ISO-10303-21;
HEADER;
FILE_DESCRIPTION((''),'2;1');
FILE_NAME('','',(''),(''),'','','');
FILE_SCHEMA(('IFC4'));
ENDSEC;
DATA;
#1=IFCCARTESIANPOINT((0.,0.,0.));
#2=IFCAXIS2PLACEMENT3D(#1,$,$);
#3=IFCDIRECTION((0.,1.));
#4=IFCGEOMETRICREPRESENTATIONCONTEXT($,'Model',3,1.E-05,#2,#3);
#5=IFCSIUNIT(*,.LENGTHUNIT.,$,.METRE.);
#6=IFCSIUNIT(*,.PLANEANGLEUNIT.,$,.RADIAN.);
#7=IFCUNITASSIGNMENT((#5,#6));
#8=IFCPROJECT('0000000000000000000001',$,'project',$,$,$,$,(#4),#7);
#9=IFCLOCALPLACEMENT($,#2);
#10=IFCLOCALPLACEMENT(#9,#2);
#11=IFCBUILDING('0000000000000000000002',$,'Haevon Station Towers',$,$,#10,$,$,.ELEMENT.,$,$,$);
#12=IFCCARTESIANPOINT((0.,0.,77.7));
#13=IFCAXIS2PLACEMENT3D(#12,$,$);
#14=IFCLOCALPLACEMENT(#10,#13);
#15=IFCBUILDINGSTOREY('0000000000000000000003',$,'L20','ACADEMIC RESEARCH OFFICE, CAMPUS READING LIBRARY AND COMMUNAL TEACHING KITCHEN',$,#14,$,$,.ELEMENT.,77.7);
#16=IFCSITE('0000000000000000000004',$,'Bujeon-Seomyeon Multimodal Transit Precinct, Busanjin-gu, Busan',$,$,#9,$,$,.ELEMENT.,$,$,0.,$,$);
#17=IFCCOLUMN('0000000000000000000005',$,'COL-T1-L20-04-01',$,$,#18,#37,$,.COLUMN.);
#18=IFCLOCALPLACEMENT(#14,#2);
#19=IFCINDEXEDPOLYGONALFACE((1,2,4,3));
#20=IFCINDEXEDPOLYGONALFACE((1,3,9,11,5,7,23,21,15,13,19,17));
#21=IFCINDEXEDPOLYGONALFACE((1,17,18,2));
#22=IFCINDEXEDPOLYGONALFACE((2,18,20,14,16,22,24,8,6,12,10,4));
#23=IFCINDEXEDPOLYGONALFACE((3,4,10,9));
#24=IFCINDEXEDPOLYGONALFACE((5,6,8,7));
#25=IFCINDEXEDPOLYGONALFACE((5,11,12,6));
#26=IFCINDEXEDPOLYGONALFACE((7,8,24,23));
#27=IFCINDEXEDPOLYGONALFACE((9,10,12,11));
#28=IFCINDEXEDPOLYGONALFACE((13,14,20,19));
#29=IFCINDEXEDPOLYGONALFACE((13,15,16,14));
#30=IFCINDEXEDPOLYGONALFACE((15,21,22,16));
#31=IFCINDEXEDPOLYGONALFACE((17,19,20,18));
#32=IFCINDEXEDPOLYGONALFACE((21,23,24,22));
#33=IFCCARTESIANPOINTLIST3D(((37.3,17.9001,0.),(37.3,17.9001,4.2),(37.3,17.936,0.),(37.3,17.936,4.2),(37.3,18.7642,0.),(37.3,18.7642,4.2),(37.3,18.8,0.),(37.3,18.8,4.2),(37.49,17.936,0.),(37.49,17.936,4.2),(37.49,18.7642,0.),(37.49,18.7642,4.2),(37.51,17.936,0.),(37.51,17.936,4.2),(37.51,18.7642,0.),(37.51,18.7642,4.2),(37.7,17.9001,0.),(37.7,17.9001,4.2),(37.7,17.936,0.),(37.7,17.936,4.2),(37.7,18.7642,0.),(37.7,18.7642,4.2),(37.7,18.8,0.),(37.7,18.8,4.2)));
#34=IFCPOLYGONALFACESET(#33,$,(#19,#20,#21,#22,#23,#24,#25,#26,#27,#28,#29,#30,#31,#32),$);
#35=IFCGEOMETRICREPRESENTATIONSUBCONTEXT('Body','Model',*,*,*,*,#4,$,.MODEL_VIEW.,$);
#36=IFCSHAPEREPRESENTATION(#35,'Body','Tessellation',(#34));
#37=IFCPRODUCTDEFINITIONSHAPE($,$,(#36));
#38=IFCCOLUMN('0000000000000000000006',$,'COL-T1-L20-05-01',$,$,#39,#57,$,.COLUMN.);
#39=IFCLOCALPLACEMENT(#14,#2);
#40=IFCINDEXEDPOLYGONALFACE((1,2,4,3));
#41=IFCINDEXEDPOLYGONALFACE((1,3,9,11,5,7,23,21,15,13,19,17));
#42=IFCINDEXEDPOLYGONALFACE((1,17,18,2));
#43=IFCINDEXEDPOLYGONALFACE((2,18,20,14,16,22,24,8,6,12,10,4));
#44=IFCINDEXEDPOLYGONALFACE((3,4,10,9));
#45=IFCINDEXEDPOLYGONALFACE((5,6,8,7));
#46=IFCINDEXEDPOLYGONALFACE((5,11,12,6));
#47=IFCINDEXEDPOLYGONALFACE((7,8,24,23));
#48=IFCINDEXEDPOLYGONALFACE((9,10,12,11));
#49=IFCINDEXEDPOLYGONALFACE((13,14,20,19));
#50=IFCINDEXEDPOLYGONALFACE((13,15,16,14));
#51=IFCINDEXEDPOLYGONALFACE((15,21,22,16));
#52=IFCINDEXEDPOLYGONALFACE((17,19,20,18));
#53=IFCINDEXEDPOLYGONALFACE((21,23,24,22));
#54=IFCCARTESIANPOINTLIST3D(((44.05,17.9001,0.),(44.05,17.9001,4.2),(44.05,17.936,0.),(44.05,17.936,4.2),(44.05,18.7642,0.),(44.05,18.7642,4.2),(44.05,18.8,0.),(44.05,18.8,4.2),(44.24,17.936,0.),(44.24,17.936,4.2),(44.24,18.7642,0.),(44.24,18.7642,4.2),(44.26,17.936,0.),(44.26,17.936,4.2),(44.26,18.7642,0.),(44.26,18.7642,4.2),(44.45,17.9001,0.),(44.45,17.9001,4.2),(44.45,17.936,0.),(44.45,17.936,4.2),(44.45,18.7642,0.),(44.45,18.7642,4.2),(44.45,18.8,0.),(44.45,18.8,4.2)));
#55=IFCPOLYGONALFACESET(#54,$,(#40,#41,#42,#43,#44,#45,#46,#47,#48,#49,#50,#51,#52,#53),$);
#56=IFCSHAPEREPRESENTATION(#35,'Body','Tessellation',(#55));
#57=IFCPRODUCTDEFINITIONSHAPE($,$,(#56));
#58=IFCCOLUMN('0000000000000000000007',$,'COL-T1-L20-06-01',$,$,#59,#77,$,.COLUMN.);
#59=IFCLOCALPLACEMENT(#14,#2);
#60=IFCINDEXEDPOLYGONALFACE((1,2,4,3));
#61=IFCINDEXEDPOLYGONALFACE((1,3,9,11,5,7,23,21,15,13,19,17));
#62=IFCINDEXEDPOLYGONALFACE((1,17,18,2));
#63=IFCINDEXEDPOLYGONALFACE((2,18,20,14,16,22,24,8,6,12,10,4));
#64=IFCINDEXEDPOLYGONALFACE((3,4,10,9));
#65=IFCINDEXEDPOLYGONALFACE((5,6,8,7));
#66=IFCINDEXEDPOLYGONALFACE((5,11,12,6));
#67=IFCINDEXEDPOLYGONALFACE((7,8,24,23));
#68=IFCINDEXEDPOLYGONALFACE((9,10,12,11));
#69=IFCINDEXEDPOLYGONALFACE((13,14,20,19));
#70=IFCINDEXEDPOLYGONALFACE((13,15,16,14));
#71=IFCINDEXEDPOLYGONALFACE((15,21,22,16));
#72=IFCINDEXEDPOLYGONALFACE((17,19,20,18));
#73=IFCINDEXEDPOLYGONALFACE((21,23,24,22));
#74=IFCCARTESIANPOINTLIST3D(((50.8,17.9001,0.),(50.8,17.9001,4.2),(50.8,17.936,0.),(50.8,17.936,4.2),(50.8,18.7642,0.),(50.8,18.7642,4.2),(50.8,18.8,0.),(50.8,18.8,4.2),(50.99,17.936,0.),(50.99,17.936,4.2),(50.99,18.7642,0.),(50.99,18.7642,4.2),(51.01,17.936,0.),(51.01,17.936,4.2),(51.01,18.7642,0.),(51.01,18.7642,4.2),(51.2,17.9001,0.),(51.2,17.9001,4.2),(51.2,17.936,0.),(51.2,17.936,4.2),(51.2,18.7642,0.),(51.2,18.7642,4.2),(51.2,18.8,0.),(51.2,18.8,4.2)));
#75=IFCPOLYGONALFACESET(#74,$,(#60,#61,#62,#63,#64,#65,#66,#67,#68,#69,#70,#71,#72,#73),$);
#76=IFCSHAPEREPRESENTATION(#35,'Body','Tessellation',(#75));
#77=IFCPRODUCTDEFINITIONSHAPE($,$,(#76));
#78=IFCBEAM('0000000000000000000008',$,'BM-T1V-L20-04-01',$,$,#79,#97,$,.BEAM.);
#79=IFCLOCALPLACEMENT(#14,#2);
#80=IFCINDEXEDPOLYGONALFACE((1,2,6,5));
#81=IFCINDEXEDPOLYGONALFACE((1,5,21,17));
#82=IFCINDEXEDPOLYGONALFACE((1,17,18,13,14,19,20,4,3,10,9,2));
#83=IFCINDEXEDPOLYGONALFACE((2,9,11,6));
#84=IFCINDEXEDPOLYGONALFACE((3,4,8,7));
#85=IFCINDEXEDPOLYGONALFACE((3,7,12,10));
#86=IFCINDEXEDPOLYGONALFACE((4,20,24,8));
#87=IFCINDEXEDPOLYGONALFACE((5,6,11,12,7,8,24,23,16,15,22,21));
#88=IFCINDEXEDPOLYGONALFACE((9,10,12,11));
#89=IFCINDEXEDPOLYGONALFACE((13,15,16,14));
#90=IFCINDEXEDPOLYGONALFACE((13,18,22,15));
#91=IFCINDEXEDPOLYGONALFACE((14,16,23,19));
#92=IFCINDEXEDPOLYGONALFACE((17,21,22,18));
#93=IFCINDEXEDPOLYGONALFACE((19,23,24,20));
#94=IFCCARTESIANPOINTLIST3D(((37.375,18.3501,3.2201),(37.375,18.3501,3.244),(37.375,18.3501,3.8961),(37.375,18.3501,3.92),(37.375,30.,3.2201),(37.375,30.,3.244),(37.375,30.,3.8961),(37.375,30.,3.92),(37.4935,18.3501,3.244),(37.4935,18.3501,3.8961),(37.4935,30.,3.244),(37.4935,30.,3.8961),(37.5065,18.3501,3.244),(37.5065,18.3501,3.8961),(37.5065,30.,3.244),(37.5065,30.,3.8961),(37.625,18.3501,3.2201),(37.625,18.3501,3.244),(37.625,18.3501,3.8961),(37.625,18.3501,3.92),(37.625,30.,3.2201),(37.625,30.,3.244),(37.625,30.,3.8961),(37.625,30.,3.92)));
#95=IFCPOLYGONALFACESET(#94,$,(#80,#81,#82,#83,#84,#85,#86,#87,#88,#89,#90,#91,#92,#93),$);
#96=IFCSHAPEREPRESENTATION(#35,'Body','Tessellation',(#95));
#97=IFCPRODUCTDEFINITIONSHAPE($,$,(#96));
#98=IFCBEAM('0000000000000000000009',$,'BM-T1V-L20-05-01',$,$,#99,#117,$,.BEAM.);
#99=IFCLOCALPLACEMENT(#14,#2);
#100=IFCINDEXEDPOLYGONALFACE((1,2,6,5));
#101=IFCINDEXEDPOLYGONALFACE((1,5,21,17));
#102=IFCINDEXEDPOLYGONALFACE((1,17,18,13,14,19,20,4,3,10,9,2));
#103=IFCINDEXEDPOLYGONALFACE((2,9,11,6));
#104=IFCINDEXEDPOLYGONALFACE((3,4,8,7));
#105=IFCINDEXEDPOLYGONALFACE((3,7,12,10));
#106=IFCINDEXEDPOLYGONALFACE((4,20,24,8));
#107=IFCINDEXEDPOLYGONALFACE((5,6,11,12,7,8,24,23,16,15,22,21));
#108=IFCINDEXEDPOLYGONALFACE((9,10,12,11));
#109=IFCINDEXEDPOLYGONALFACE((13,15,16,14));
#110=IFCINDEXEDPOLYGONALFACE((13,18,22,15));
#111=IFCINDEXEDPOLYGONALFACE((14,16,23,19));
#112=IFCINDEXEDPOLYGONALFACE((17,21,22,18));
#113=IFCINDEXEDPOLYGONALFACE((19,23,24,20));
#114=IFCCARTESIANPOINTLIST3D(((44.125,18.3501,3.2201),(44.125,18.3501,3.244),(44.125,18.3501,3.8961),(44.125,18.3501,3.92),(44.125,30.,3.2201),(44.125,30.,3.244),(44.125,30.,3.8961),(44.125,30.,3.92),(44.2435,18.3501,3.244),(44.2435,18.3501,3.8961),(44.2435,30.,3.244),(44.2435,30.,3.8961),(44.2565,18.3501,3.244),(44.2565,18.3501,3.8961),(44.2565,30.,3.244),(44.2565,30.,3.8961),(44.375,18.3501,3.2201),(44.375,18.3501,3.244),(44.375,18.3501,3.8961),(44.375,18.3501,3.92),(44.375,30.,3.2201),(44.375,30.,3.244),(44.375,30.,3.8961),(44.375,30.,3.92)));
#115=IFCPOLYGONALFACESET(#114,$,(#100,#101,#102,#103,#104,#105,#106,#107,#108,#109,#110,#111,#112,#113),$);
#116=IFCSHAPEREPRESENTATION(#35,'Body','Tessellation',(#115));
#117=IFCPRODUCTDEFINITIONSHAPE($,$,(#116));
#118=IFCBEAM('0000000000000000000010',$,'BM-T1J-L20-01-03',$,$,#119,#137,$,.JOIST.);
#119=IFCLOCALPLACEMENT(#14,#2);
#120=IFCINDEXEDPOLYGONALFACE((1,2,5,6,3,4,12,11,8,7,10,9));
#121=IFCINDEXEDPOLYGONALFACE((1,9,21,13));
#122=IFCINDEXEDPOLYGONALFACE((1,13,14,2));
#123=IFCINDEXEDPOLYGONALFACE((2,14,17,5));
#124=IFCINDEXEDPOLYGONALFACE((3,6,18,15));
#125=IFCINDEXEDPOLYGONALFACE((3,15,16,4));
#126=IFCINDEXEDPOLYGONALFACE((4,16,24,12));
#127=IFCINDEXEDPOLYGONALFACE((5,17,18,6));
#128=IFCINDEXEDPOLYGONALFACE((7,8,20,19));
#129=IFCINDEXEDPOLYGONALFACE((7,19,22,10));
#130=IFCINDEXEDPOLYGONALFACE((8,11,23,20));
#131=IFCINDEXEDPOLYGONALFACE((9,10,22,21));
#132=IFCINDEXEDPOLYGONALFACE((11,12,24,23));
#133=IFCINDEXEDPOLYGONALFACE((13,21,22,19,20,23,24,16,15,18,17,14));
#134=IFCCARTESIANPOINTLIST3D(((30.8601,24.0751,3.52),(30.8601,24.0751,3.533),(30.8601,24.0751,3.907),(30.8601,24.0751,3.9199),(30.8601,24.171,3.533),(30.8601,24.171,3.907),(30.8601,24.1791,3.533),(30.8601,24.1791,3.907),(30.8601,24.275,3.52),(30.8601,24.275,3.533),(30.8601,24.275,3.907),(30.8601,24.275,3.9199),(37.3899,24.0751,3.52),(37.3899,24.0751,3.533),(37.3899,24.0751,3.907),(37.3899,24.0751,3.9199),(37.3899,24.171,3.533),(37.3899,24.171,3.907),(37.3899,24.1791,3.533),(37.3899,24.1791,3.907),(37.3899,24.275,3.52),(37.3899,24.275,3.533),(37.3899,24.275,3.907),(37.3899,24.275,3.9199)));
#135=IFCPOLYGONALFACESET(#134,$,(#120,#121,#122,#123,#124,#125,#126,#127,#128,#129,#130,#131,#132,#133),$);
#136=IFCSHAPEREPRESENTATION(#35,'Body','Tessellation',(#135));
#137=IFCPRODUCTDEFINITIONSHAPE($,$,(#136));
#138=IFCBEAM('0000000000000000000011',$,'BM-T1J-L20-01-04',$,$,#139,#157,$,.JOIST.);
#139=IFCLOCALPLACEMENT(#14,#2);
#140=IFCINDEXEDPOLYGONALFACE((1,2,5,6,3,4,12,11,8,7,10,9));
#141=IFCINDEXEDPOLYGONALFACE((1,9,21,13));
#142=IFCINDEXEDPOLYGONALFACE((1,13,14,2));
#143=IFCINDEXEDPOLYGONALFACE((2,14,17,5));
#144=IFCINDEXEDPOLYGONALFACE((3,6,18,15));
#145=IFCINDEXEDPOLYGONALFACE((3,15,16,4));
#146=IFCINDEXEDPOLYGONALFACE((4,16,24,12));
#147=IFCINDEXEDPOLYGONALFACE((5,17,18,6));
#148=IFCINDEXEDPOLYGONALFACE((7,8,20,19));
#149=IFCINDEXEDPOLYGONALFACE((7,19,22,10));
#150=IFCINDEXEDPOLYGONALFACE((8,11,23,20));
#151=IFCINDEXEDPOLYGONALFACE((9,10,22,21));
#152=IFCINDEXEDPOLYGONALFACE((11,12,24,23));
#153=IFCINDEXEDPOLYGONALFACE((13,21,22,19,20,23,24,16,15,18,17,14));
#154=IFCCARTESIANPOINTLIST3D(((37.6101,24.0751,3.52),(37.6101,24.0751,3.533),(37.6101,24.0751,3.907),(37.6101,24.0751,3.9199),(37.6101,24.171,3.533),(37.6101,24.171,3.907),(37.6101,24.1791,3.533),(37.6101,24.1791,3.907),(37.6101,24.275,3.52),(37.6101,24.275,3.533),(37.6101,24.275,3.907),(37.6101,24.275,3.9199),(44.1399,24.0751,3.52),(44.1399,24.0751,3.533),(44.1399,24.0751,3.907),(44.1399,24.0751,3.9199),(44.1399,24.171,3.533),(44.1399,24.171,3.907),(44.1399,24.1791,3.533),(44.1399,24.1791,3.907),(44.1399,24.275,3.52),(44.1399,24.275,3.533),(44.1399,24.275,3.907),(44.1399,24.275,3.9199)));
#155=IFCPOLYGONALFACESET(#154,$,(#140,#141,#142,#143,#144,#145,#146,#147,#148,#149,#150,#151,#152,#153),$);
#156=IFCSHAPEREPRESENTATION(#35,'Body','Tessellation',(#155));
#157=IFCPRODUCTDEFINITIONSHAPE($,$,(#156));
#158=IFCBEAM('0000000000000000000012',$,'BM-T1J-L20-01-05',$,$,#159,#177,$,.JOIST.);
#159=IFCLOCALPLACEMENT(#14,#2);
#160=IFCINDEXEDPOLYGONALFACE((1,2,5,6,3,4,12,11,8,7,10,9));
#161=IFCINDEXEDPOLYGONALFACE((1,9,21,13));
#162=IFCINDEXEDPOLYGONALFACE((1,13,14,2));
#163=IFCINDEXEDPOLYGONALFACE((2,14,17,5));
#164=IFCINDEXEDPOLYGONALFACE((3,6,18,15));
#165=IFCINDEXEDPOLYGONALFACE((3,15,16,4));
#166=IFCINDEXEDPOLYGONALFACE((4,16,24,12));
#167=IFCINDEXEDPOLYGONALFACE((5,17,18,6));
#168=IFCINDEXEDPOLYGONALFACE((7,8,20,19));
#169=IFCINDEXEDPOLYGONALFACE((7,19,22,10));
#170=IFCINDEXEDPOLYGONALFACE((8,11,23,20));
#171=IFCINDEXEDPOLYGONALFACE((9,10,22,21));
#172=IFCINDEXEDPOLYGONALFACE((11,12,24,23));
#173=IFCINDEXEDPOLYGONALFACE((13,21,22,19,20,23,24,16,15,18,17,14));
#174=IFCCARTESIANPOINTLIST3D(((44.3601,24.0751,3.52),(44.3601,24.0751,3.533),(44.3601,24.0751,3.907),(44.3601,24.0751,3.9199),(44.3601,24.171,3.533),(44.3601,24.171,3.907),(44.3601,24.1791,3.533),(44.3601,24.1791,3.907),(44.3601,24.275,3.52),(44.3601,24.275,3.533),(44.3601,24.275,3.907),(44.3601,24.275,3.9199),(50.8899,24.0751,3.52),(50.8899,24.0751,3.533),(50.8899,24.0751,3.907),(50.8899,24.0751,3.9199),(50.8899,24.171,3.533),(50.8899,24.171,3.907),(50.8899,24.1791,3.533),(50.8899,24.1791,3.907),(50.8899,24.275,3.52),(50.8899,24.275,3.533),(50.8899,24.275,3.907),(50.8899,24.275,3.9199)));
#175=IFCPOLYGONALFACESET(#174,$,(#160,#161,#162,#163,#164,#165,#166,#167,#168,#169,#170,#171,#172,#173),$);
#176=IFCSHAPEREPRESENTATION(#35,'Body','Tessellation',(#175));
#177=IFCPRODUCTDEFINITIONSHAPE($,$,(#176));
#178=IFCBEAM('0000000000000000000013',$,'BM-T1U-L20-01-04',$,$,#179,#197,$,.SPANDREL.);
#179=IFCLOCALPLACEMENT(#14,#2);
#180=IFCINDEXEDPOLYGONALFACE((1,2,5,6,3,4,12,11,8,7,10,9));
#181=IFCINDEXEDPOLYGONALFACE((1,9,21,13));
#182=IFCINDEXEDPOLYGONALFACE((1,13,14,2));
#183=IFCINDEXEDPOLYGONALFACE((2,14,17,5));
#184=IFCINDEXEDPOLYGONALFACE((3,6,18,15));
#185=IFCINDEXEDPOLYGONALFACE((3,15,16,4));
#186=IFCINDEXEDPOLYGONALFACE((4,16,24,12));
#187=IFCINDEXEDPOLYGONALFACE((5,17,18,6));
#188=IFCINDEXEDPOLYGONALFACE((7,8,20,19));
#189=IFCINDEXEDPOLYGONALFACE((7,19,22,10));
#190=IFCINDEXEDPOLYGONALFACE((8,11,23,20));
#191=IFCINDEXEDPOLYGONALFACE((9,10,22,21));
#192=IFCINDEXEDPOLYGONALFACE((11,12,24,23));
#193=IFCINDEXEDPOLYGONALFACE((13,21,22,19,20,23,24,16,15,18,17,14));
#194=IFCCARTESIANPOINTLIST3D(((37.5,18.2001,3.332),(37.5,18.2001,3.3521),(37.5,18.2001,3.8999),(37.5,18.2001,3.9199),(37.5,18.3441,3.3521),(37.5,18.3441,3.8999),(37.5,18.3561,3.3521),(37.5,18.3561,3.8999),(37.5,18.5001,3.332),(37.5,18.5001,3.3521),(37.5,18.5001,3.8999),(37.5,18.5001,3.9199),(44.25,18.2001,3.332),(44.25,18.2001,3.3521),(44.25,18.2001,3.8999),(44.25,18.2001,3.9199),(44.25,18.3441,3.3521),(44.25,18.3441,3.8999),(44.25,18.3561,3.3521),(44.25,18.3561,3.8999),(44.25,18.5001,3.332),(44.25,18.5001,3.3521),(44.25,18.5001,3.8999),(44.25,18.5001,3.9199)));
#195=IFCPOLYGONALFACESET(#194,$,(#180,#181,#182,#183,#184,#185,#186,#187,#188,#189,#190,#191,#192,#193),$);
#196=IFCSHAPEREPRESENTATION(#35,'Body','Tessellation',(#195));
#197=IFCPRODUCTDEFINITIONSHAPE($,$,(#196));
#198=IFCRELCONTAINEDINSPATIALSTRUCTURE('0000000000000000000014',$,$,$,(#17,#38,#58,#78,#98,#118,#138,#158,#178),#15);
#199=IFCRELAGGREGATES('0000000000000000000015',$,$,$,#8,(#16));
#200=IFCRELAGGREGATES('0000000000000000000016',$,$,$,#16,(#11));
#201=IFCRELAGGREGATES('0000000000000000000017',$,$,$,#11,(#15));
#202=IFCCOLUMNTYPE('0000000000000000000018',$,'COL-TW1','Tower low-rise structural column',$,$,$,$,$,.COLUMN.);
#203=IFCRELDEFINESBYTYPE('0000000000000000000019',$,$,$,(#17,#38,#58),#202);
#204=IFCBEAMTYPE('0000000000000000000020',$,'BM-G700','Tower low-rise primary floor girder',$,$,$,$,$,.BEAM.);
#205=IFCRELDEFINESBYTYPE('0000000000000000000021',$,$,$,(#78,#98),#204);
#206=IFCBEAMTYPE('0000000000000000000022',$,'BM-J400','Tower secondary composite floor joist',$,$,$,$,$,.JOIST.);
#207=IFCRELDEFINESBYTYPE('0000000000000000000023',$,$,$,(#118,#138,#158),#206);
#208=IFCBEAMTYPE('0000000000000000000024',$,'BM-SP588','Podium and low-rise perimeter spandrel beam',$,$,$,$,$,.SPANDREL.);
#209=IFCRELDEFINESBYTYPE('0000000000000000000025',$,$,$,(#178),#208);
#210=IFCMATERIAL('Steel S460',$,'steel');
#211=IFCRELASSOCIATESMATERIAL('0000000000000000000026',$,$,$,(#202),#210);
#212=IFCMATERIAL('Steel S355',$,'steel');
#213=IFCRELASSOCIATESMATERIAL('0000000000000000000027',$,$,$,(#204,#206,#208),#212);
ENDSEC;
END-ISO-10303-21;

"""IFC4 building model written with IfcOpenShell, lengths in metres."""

from ifc_helpers import new_model, si_unit, direction, frame, origin, origin_2d, place, context, subcontext, project, spatial, i_section, extrude, material, material_profile, profile_set, type_object, element, save


model = new_model("IFC4")

# Units and contexts
model_context = context("Model", 3, precision=1e-05, world=origin(), true_north=direction((0.0, 1.0)))
body_context = subcontext(model_context, "Body", "Model", "MODEL_VIEW")
ifc_project = project(units=[si_unit("LENGTHUNIT", "METRE"), si_unit("PLANEANGLEUNIT", "RADIAN")], contexts=[model_context])

# Site, building, storey
site_placement = place(None, origin())
site = spatial("IfcSite", under=ifc_project, at=site_placement, Name="Bujeon-Seomyeon Multimodal Transit Precinct, Busanjin-gu, Busan", CompositionType="ELEMENT", RefElevation=0.0)
building_placement = place(site_placement, origin())
building = spatial("IfcBuilding", under=site, at=building_placement, Name="Haevon Station Towers", CompositionType="ELEMENT")
storey_placement = place(building_placement, frame((0.0, 0.0, 77.7)))
storey = spatial("IfcBuildingStorey", under=building, at=storey_placement, Name="L20", Description="ACADEMIC RESEARCH OFFICE, CAMPUS READING LIBRARY AND COMMUNAL TEACHING KITCHEN", CompositionType="ELEMENT", Elevation=77.7)

# Columns
ifc_material_1 = material(Name="Steel S460", Category="steel")
ifc_material_profile_1 = material_profile(ifc_material_1, i_section(OverallWidth=0.3999, OverallDepth=0.8999, WebThickness=0.02, FlangeThickness=0.0359, at=origin_2d()), Name="H-900x400x20x36")
ifc_profile_set_1 = profile_set([ifc_material_profile_1], Name="Steel S460")
column_type = type_object("IfcColumnType", Name="COL-TW1", Description="Tower low-rise structural column", PredefinedType="COLUMN", material=ifc_profile_set_1)
for number, where, z_axis, x_axis, name in (
    (1, (37.5, 18.3501, 0.0), (0.0, 0.0, 1.0), (1.0, 0.0, 0.0), "COL-T1-L20-04-01"),
    (2, (44.25, 18.3501, 0.0), (0.0, 0.0, 1.0), (1.0, 0.0, 0.0), "COL-T1-L20-05-01"),
    (3, (51.0, 18.3501, 0.0), (0.0, 0.0, 1.0), (1.0, 0.0, 0.0), "COL-T1-L20-06-01"),
):
    element("IfcColumn", number, at=place(storey_placement, frame(where, z_axis=z_axis, x_axis=x_axis)), inside=storey, type_object=column_type, Name=name, PredefinedType="COLUMN", context=body_context, shape_type="SweptSolid", body=[
        extrude(i_section(OverallWidth=0.3999, OverallDepth=0.8999, WebThickness=0.02, FlangeThickness=0.0359, at=origin_2d()), origin(), (0.0, 0.0, 1.0), 4.2),
    ])

# Beams
ifc_material_2 = material(Name="Steel S355", Category="steel")
ifc_material_profile_2 = material_profile(ifc_material_2, i_section(OverallWidth=0.25, OverallDepth=0.7, WebThickness=0.0129, FlangeThickness=0.0239, at=origin_2d()), Name="H-700x250x13x24")
ifc_profile_set_2 = profile_set([ifc_material_profile_2], Name="Steel S355")
beam_type_1 = type_object("IfcBeamType", Name="BM-G700", Description="Tower low-rise primary floor girder", PredefinedType="BEAM", material=ifc_profile_set_2)
for number, where, z_axis, x_axis, name in (
    (4, (37.5, 18.3501, 3.5701), (0.0, 1.0, 0.0), (-1.0, 0.0, 0.0), "BM-T1V-L20-04-01"),
    (5, (44.25, 18.3501, 3.5701), (0.0, 1.0, 0.0), (-1.0, 0.0, 0.0), "BM-T1V-L20-05-01"),
):
    element("IfcBeam", number, at=place(storey_placement, frame(where, z_axis=z_axis, x_axis=x_axis)), inside=storey, type_object=beam_type_1, Name=name, PredefinedType="BEAM", context=body_context, shape_type="SweptSolid", body=[
        extrude(i_section(OverallWidth=0.25, OverallDepth=0.7, WebThickness=0.0129, FlangeThickness=0.0239, at=origin_2d()), origin(), (0.0, 0.0, 1.0), 11.6499),
    ])
ifc_material_profile_3 = material_profile(ifc_material_2, i_section(OverallWidth=0.2, OverallDepth=0.3999, WebThickness=0.0081, FlangeThickness=0.0129, at=origin_2d()), Name="H-400x200x8x13")
ifc_profile_set_3 = profile_set([ifc_material_profile_3], Name="Steel S355")
beam_type_2 = type_object("IfcBeamType", Name="BM-J400", Description="Tower secondary composite floor joist", PredefinedType="JOIST", material=ifc_profile_set_3)
for number, where, z_axis, x_axis, name in (
    (6, (30.8601, 24.175, 3.72), (1.0, 0.0, 0.0), (0.0, 1.0, 0.0), "BM-T1J-L20-01-03"),
    (7, (37.6101, 24.175, 3.72), (1.0, 0.0, 0.0), (0.0, 1.0, 0.0), "BM-T1J-L20-01-04"),
    (8, (44.3601, 24.175, 3.72), (1.0, 0.0, 0.0), (0.0, 1.0, 0.0), "BM-T1J-L20-01-05"),
):
    element("IfcBeam", number, at=place(storey_placement, frame(where, z_axis=z_axis, x_axis=x_axis)), inside=storey, type_object=beam_type_2, Name=name, PredefinedType="JOIST", context=body_context, shape_type="SweptSolid", body=[
        extrude(i_section(OverallWidth=0.2, OverallDepth=0.3999, WebThickness=0.0081, FlangeThickness=0.0129, at=origin_2d()), origin(), (0.0, 0.0, 1.0), 6.5298),
    ])
ifc_material_profile_4 = material_profile(ifc_material_2, i_section(OverallWidth=0.3, OverallDepth=0.5879, WebThickness=0.012, FlangeThickness=0.02, at=origin_2d()), Name="H-588x300x12x20")
ifc_profile_set_4 = profile_set([ifc_material_profile_4], Name="Steel S355")
beam_type_3 = type_object("IfcBeamType", Name="BM-SP588", Description="Podium and low-rise perimeter spandrel beam", PredefinedType="SPANDREL", material=ifc_profile_set_4)
for number, where, z_axis, x_axis, name in (
    (9, (37.5, 18.3501, 3.626), (1.0, 0.0, 0.0), (0.0, 1.0, 0.0), "BM-T1U-L20-01-04"),
):
    element("IfcBeam", number, at=place(storey_placement, frame(where, z_axis=z_axis, x_axis=x_axis)), inside=storey, type_object=beam_type_3, Name=name, PredefinedType="SPANDREL", context=body_context, shape_type="SweptSolid", body=[
        extrude(i_section(OverallWidth=0.3, OverallDepth=0.5879, WebThickness=0.012, FlangeThickness=0.02, at=origin_2d()), origin(), (0.0, 0.0, 1.0), 6.75),
    ])

save(model, "model.ifc")
